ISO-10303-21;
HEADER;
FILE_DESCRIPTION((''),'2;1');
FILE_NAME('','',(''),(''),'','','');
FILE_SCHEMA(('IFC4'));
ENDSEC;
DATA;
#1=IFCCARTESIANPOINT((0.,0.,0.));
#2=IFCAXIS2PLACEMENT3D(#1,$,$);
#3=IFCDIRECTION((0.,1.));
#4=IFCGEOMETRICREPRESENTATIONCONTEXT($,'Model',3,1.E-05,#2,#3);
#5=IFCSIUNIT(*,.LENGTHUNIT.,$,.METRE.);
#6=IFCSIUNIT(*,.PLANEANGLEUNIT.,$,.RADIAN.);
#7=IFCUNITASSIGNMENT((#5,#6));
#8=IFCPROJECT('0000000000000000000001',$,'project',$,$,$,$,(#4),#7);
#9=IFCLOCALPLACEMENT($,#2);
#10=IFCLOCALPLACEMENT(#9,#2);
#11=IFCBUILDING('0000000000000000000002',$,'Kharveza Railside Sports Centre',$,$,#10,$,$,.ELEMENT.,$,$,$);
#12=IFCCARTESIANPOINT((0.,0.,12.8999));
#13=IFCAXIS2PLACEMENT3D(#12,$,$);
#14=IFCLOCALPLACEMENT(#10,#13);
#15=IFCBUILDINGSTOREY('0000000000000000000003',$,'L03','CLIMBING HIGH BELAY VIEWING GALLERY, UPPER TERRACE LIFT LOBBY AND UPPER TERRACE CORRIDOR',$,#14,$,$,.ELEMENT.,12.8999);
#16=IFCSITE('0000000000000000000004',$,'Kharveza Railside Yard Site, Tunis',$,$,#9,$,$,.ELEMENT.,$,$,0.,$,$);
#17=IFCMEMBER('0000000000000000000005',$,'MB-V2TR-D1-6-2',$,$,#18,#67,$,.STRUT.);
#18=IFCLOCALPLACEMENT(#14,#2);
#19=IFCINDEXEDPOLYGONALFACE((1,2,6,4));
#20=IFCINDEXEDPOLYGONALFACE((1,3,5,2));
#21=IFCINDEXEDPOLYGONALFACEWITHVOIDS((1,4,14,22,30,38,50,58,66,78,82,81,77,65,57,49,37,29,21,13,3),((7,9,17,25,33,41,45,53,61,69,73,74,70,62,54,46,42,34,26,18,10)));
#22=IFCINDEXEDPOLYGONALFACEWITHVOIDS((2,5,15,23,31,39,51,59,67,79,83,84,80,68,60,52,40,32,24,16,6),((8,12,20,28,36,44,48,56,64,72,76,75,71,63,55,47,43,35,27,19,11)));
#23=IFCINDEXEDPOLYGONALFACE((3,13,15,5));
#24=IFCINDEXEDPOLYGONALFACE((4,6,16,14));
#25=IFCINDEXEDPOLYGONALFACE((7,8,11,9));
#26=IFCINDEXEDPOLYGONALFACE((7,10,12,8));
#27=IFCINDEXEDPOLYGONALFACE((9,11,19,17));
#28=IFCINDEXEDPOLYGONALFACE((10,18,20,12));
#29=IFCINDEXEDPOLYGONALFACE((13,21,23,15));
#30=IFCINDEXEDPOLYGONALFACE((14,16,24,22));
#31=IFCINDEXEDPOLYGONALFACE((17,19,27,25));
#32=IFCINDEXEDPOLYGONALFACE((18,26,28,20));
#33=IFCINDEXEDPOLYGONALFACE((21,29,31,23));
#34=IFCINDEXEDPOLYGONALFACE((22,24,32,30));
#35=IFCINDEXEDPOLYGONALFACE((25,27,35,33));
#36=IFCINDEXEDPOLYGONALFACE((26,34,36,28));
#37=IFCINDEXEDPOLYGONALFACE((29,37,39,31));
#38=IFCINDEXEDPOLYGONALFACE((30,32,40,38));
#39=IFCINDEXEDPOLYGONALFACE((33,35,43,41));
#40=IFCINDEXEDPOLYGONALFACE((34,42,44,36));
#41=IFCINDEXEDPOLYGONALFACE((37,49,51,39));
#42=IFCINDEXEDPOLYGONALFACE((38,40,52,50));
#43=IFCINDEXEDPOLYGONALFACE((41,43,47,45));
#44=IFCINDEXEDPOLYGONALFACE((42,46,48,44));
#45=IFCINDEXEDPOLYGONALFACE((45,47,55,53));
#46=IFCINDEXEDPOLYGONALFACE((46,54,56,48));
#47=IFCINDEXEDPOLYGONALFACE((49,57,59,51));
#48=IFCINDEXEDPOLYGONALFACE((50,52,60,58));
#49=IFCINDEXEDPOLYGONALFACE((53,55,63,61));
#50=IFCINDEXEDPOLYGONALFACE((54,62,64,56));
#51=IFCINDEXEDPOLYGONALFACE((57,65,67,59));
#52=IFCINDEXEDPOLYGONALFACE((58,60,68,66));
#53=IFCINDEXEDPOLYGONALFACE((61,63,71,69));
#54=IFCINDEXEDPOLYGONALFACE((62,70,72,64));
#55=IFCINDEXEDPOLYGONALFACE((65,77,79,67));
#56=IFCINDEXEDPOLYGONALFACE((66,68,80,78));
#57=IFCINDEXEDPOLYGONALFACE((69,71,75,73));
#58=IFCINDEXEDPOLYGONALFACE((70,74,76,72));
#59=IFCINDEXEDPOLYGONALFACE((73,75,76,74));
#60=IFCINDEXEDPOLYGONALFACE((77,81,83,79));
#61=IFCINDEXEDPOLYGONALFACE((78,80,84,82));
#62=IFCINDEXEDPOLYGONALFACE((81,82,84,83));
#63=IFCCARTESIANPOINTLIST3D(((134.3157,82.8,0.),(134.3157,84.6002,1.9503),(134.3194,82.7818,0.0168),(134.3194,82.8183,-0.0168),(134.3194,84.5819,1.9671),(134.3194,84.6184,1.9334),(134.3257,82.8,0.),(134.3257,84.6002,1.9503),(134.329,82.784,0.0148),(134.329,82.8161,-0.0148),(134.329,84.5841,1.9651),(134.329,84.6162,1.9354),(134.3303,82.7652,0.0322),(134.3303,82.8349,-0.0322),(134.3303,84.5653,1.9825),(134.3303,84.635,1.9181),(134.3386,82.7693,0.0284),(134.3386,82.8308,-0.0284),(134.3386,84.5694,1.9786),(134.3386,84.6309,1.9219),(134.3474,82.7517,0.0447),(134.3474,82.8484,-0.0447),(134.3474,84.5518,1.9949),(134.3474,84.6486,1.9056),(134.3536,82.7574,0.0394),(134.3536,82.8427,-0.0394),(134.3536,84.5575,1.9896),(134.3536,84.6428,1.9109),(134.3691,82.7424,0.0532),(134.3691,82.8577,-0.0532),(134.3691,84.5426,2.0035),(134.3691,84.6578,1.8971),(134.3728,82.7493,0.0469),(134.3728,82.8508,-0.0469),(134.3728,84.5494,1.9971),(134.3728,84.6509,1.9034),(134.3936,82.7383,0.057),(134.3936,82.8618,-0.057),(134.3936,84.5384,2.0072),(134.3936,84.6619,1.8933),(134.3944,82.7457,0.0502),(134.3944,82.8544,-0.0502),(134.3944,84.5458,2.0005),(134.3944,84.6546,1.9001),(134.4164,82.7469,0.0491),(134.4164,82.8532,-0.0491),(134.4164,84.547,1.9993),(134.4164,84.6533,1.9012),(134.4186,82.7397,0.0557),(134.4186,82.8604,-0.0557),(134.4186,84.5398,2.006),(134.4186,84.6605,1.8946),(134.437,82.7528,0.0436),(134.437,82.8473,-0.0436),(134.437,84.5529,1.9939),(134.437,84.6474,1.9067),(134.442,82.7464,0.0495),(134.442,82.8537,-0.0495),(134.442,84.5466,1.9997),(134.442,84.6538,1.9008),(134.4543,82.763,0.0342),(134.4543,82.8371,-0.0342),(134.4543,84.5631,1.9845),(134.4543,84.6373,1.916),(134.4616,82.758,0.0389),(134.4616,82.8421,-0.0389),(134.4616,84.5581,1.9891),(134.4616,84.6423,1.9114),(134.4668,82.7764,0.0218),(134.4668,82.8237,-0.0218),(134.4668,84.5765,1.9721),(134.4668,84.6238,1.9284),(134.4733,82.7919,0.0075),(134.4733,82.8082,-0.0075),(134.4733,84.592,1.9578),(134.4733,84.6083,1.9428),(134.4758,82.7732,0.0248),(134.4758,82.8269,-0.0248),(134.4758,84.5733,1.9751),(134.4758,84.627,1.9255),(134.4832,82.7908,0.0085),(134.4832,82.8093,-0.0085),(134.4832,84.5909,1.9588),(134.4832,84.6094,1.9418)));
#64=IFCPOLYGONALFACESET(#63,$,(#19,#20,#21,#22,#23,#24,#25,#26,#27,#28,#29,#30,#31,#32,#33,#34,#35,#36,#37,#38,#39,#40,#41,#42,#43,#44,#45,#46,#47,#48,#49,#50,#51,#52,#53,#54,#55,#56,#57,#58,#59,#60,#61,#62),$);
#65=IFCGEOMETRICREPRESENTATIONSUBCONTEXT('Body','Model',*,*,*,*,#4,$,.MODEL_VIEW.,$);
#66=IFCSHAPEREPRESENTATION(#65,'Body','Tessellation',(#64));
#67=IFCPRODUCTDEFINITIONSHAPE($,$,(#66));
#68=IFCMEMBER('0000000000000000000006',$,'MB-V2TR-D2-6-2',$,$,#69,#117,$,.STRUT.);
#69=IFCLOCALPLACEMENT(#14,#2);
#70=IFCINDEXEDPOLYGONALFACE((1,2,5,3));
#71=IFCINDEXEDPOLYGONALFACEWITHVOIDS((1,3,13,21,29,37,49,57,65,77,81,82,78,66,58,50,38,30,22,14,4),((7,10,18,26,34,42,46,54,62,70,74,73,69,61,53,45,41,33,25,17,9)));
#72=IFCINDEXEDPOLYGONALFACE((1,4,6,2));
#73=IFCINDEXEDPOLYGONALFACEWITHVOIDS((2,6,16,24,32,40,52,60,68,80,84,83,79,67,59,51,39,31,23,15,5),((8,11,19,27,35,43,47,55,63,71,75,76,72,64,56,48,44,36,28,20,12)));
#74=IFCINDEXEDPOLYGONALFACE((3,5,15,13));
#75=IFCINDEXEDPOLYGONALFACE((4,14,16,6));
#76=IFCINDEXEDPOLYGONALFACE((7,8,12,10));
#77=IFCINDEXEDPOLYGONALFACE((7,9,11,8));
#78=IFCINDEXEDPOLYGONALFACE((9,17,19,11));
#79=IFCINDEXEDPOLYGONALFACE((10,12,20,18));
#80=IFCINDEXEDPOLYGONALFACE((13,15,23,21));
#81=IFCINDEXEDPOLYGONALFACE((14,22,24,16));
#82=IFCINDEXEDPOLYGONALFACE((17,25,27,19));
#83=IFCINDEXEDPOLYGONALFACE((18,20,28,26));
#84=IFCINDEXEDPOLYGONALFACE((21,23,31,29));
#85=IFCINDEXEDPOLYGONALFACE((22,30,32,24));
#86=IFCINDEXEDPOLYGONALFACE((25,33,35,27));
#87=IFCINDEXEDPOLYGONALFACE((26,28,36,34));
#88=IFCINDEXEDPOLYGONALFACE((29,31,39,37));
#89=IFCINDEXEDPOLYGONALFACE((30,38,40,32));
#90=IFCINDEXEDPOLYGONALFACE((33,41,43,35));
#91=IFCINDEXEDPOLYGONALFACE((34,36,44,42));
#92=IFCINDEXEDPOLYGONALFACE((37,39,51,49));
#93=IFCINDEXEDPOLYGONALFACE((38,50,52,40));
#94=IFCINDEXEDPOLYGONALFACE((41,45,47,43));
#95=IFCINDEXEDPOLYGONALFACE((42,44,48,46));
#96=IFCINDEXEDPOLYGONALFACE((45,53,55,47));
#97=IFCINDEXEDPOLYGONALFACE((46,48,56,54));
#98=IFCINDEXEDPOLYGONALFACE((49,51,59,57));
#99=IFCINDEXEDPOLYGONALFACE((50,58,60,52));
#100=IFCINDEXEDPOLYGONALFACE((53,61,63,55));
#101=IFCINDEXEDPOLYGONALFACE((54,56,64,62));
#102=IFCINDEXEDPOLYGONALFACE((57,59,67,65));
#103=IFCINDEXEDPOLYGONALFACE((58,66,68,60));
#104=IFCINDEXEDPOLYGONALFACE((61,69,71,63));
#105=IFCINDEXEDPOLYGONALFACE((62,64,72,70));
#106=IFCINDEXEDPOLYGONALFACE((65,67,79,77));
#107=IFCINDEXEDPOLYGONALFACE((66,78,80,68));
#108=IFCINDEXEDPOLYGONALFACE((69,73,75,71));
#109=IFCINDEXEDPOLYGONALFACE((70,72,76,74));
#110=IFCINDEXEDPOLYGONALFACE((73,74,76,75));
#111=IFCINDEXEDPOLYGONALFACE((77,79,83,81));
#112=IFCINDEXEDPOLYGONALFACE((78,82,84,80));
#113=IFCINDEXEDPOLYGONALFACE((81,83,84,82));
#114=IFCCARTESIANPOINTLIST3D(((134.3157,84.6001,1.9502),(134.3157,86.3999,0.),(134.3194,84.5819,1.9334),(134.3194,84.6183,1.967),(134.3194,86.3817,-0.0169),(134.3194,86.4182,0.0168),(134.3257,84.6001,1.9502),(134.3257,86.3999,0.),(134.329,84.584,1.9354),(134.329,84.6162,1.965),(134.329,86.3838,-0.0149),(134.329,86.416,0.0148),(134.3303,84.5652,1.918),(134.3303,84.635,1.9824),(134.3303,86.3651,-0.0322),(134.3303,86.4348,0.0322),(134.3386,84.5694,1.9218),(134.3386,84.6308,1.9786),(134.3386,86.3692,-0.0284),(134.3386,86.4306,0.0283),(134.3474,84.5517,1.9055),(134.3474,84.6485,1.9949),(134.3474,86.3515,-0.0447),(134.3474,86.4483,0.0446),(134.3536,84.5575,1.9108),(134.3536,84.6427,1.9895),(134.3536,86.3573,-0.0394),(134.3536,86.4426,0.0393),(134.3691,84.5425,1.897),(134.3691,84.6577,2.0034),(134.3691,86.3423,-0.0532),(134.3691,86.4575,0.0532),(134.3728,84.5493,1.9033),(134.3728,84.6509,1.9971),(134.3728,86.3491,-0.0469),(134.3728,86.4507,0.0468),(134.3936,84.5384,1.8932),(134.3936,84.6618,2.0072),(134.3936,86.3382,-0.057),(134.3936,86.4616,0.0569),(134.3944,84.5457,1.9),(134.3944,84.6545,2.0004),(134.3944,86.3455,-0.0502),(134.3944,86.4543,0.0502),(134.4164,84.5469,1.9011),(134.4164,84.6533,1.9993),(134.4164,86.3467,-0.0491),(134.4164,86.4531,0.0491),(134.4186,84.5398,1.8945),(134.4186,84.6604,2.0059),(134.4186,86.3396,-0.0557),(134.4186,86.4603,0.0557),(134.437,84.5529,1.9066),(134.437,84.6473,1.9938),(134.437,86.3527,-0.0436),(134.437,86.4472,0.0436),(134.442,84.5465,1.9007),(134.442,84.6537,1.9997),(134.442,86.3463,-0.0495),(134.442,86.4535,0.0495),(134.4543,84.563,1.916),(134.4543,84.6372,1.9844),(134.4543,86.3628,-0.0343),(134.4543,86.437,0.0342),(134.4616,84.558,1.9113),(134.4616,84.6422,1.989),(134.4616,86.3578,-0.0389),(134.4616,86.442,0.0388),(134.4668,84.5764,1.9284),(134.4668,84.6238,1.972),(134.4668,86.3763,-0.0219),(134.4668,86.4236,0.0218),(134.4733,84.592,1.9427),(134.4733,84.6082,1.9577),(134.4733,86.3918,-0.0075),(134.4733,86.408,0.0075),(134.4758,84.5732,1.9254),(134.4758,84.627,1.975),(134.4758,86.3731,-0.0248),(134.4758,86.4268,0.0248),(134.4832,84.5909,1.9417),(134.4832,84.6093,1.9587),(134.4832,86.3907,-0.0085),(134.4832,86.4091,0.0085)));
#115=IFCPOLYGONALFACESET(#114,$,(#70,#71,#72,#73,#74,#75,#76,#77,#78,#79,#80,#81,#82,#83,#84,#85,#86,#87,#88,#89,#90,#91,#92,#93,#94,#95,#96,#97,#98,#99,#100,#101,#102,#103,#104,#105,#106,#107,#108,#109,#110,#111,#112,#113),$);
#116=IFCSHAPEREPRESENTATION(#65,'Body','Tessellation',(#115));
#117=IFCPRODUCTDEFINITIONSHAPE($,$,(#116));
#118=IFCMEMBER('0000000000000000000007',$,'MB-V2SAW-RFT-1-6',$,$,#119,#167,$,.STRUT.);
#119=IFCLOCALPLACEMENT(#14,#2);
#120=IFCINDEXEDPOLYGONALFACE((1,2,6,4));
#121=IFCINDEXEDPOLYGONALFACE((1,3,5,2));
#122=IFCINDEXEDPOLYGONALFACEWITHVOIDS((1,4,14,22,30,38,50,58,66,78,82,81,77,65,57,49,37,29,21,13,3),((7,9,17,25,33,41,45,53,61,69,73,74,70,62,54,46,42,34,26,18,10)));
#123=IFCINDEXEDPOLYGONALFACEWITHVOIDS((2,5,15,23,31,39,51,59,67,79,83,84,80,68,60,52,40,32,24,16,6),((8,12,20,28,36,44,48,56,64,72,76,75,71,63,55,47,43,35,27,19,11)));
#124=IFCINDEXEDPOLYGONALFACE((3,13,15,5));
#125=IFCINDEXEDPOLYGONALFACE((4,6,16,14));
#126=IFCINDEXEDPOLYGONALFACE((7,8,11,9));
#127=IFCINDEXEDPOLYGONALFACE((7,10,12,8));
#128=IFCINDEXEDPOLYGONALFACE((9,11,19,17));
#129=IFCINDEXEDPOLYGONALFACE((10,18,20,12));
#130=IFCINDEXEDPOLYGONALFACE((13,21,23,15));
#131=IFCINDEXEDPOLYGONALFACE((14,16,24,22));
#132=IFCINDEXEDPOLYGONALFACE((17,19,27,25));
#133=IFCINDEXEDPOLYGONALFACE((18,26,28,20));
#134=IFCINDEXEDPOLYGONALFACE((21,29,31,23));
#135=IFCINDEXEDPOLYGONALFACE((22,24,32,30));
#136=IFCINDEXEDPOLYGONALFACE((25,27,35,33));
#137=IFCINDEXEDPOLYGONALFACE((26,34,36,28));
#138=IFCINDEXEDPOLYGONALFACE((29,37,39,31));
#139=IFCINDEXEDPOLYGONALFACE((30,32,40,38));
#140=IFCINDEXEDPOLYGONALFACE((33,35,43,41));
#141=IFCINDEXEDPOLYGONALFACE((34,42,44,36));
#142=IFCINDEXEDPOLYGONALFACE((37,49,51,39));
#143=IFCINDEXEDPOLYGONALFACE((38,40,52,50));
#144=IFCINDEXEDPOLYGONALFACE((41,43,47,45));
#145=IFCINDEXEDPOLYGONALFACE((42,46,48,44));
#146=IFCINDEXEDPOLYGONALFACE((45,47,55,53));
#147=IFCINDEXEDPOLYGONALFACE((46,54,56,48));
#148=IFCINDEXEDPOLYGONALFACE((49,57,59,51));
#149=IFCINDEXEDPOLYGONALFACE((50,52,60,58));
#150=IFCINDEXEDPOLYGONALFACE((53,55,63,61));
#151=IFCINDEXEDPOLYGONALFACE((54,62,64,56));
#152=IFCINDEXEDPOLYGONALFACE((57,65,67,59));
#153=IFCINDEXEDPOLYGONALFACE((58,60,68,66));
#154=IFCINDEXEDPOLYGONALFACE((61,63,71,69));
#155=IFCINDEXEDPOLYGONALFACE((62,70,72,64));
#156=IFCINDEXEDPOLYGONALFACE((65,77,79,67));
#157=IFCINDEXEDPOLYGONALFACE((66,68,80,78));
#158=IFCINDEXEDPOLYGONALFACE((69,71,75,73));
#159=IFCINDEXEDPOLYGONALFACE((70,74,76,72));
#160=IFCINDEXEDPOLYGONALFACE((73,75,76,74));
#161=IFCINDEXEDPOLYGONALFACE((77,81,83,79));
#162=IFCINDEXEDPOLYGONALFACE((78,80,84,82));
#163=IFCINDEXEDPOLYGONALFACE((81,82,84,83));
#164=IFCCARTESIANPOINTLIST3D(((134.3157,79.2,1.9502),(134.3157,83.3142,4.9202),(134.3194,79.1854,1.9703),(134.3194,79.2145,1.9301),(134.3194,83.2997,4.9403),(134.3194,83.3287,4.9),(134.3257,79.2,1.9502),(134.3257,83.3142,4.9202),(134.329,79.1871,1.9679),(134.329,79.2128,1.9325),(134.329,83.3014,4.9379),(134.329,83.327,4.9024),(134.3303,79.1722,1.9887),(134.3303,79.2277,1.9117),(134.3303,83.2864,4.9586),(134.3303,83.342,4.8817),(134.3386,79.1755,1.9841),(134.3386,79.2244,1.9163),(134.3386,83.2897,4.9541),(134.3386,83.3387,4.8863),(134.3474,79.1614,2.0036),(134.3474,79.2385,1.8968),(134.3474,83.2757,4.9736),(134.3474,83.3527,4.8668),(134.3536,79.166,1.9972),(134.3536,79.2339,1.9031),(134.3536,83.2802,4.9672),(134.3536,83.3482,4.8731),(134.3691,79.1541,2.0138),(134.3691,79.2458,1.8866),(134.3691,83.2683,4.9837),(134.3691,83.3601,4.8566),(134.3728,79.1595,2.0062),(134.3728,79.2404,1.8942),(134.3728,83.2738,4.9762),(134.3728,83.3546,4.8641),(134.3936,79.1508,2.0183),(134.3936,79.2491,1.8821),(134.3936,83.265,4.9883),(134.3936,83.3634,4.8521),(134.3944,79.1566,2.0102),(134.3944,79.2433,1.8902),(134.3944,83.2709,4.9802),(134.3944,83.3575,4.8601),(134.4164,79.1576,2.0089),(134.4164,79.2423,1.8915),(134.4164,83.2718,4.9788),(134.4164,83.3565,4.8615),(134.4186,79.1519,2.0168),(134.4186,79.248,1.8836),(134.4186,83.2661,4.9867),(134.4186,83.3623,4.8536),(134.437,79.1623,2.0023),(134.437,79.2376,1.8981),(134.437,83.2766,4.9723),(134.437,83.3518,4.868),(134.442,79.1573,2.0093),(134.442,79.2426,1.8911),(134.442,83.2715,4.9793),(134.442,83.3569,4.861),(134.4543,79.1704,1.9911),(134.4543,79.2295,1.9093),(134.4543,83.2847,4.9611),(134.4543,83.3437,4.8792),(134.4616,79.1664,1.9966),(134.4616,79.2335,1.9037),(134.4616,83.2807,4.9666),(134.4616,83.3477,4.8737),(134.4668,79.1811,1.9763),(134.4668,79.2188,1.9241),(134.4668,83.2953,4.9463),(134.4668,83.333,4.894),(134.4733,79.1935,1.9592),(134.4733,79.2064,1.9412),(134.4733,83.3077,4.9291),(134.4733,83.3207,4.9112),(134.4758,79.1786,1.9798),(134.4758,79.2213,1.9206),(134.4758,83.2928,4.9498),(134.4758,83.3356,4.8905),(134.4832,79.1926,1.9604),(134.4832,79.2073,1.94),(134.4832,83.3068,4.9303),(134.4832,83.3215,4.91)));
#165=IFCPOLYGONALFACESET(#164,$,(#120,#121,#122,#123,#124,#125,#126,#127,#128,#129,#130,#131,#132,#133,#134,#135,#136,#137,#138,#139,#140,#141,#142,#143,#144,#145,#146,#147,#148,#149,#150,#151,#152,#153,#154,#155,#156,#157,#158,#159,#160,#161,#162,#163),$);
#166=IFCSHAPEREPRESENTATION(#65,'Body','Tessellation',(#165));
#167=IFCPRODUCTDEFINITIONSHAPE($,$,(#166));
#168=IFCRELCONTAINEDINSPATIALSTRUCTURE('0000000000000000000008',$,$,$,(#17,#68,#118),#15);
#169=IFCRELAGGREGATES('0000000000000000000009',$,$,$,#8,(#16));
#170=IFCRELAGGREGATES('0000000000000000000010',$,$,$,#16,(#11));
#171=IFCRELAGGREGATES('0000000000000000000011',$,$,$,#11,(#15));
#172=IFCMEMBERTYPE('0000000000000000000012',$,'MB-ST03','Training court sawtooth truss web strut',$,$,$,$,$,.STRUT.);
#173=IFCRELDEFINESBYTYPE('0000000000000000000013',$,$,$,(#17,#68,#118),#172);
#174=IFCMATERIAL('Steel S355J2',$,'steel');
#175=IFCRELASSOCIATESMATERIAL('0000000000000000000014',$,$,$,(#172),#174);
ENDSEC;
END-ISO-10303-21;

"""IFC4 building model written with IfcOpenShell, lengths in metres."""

from ifc_helpers import new_model, si_unit, direction, frame, origin, origin_2d, place, context, subcontext, project, spatial, hollow_circle, extrude, material, material_profile, profile_set, type_object, element, save


model = new_model("IFC4")

# Units and contexts
model_context = context("Model", 3, precision=1e-05, world=origin(), true_north=direction((0.0, 1.0)))
body_context = subcontext(model_context, "Body", "Model", "MODEL_VIEW")
ifc_project = project(units=[si_unit("LENGTHUNIT", "METRE"), si_unit("PLANEANGLEUNIT", "RADIAN")], contexts=[model_context])

# Site, building, storey
site_placement = place(None, origin())
site = spatial("IfcSite", under=ifc_project, at=site_placement, Name="Kharveza Railside Yard Site, Tunis", CompositionType="ELEMENT", RefElevation=0.0)
building_placement = place(site_placement, origin())
building = spatial("IfcBuilding", under=site, at=building_placement, Name="Kharveza Railside Sports Centre", CompositionType="ELEMENT")
storey_placement = place(building_placement, frame((0.0, 0.0, 12.8999)))
storey = spatial("IfcBuildingStorey", under=building, at=storey_placement, Name="L03", Description="CLIMBING HIGH BELAY VIEWING GALLERY, UPPER TERRACE LIFT LOBBY AND UPPER TERRACE CORRIDOR", CompositionType="ELEMENT", Elevation=12.8999)

# Shared definitions
ifc_material_1 = material(Name="Steel S355J2", Category="steel")

# Members
ifc_material_profile_1 = material_profile(ifc_material_1, hollow_circle(Radius=0.0842, WallThickness=0.01, at=origin_2d()), Name="CHS 168.3x10.0")
ifc_profile_set_1 = profile_set([ifc_material_profile_1], Name="Steel S355J2")
member_type_1 = type_object("IfcMemberType", Name="MB-ST03", Description="Training court sawtooth truss web strut", PredefinedType="STRUT", material=ifc_profile_set_1)
for number, where, z_axis, x_axis, name in (
    (1, (134.3999, 82.8, 0.0), (0.0, 0.678253, 0.734828), (-1.0, 0.0, 0.0), "MB-V2TR-D1-6-2"),
):
    element("IfcMember", number, at=place(storey_placement, frame(where, z_axis=z_axis, x_axis=x_axis)), inside=storey, type_object=member_type_1, Name=name, PredefinedType="STRUT", context=body_context, shape_type="SweptSolid", body=[
        extrude(hollow_circle(Radius=0.0842, WallThickness=0.01, at=origin_2d()), origin(), (0.0, 0.0, 1.0), 2.6541),
    ])
member_1_placement = place(storey_placement, frame((134.3999, 84.6001, 1.9502), z_axis=(0.0, 0.678204, -0.734874), x_axis=(-1.0, 0.0, 0.0)))
element("IfcMember", 2, at=member_1_placement, inside=storey, type_object=member_type_1, Name="MB-V2TR-D2-6-2", PredefinedType="STRUT", context=body_context, shape_type="SweptSolid", body=[
    extrude(hollow_circle(Radius=0.0842, WallThickness=0.01, at=origin_2d()), origin(), (0.0, 0.0, 1.0), 2.6538),
])
member_2_placement = place(storey_placement, frame((134.3999, 79.2, 1.9502), z_axis=(0.0, 0.810814, 0.585304), x_axis=(-1.0, 0.0, 0.0)))
element("IfcMember", 3, at=member_2_placement, inside=storey, type_object=member_type_1, Name="MB-V2SAW-RFT-1-6", PredefinedType="STRUT", context=body_context, shape_type="SweptSolid", body=[
    extrude(hollow_circle(Radius=0.0842, WallThickness=0.01, at=origin_2d()), origin(), (0.0, 0.0, 1.0), 5.0742),
])

save(model, "model.ifc")
